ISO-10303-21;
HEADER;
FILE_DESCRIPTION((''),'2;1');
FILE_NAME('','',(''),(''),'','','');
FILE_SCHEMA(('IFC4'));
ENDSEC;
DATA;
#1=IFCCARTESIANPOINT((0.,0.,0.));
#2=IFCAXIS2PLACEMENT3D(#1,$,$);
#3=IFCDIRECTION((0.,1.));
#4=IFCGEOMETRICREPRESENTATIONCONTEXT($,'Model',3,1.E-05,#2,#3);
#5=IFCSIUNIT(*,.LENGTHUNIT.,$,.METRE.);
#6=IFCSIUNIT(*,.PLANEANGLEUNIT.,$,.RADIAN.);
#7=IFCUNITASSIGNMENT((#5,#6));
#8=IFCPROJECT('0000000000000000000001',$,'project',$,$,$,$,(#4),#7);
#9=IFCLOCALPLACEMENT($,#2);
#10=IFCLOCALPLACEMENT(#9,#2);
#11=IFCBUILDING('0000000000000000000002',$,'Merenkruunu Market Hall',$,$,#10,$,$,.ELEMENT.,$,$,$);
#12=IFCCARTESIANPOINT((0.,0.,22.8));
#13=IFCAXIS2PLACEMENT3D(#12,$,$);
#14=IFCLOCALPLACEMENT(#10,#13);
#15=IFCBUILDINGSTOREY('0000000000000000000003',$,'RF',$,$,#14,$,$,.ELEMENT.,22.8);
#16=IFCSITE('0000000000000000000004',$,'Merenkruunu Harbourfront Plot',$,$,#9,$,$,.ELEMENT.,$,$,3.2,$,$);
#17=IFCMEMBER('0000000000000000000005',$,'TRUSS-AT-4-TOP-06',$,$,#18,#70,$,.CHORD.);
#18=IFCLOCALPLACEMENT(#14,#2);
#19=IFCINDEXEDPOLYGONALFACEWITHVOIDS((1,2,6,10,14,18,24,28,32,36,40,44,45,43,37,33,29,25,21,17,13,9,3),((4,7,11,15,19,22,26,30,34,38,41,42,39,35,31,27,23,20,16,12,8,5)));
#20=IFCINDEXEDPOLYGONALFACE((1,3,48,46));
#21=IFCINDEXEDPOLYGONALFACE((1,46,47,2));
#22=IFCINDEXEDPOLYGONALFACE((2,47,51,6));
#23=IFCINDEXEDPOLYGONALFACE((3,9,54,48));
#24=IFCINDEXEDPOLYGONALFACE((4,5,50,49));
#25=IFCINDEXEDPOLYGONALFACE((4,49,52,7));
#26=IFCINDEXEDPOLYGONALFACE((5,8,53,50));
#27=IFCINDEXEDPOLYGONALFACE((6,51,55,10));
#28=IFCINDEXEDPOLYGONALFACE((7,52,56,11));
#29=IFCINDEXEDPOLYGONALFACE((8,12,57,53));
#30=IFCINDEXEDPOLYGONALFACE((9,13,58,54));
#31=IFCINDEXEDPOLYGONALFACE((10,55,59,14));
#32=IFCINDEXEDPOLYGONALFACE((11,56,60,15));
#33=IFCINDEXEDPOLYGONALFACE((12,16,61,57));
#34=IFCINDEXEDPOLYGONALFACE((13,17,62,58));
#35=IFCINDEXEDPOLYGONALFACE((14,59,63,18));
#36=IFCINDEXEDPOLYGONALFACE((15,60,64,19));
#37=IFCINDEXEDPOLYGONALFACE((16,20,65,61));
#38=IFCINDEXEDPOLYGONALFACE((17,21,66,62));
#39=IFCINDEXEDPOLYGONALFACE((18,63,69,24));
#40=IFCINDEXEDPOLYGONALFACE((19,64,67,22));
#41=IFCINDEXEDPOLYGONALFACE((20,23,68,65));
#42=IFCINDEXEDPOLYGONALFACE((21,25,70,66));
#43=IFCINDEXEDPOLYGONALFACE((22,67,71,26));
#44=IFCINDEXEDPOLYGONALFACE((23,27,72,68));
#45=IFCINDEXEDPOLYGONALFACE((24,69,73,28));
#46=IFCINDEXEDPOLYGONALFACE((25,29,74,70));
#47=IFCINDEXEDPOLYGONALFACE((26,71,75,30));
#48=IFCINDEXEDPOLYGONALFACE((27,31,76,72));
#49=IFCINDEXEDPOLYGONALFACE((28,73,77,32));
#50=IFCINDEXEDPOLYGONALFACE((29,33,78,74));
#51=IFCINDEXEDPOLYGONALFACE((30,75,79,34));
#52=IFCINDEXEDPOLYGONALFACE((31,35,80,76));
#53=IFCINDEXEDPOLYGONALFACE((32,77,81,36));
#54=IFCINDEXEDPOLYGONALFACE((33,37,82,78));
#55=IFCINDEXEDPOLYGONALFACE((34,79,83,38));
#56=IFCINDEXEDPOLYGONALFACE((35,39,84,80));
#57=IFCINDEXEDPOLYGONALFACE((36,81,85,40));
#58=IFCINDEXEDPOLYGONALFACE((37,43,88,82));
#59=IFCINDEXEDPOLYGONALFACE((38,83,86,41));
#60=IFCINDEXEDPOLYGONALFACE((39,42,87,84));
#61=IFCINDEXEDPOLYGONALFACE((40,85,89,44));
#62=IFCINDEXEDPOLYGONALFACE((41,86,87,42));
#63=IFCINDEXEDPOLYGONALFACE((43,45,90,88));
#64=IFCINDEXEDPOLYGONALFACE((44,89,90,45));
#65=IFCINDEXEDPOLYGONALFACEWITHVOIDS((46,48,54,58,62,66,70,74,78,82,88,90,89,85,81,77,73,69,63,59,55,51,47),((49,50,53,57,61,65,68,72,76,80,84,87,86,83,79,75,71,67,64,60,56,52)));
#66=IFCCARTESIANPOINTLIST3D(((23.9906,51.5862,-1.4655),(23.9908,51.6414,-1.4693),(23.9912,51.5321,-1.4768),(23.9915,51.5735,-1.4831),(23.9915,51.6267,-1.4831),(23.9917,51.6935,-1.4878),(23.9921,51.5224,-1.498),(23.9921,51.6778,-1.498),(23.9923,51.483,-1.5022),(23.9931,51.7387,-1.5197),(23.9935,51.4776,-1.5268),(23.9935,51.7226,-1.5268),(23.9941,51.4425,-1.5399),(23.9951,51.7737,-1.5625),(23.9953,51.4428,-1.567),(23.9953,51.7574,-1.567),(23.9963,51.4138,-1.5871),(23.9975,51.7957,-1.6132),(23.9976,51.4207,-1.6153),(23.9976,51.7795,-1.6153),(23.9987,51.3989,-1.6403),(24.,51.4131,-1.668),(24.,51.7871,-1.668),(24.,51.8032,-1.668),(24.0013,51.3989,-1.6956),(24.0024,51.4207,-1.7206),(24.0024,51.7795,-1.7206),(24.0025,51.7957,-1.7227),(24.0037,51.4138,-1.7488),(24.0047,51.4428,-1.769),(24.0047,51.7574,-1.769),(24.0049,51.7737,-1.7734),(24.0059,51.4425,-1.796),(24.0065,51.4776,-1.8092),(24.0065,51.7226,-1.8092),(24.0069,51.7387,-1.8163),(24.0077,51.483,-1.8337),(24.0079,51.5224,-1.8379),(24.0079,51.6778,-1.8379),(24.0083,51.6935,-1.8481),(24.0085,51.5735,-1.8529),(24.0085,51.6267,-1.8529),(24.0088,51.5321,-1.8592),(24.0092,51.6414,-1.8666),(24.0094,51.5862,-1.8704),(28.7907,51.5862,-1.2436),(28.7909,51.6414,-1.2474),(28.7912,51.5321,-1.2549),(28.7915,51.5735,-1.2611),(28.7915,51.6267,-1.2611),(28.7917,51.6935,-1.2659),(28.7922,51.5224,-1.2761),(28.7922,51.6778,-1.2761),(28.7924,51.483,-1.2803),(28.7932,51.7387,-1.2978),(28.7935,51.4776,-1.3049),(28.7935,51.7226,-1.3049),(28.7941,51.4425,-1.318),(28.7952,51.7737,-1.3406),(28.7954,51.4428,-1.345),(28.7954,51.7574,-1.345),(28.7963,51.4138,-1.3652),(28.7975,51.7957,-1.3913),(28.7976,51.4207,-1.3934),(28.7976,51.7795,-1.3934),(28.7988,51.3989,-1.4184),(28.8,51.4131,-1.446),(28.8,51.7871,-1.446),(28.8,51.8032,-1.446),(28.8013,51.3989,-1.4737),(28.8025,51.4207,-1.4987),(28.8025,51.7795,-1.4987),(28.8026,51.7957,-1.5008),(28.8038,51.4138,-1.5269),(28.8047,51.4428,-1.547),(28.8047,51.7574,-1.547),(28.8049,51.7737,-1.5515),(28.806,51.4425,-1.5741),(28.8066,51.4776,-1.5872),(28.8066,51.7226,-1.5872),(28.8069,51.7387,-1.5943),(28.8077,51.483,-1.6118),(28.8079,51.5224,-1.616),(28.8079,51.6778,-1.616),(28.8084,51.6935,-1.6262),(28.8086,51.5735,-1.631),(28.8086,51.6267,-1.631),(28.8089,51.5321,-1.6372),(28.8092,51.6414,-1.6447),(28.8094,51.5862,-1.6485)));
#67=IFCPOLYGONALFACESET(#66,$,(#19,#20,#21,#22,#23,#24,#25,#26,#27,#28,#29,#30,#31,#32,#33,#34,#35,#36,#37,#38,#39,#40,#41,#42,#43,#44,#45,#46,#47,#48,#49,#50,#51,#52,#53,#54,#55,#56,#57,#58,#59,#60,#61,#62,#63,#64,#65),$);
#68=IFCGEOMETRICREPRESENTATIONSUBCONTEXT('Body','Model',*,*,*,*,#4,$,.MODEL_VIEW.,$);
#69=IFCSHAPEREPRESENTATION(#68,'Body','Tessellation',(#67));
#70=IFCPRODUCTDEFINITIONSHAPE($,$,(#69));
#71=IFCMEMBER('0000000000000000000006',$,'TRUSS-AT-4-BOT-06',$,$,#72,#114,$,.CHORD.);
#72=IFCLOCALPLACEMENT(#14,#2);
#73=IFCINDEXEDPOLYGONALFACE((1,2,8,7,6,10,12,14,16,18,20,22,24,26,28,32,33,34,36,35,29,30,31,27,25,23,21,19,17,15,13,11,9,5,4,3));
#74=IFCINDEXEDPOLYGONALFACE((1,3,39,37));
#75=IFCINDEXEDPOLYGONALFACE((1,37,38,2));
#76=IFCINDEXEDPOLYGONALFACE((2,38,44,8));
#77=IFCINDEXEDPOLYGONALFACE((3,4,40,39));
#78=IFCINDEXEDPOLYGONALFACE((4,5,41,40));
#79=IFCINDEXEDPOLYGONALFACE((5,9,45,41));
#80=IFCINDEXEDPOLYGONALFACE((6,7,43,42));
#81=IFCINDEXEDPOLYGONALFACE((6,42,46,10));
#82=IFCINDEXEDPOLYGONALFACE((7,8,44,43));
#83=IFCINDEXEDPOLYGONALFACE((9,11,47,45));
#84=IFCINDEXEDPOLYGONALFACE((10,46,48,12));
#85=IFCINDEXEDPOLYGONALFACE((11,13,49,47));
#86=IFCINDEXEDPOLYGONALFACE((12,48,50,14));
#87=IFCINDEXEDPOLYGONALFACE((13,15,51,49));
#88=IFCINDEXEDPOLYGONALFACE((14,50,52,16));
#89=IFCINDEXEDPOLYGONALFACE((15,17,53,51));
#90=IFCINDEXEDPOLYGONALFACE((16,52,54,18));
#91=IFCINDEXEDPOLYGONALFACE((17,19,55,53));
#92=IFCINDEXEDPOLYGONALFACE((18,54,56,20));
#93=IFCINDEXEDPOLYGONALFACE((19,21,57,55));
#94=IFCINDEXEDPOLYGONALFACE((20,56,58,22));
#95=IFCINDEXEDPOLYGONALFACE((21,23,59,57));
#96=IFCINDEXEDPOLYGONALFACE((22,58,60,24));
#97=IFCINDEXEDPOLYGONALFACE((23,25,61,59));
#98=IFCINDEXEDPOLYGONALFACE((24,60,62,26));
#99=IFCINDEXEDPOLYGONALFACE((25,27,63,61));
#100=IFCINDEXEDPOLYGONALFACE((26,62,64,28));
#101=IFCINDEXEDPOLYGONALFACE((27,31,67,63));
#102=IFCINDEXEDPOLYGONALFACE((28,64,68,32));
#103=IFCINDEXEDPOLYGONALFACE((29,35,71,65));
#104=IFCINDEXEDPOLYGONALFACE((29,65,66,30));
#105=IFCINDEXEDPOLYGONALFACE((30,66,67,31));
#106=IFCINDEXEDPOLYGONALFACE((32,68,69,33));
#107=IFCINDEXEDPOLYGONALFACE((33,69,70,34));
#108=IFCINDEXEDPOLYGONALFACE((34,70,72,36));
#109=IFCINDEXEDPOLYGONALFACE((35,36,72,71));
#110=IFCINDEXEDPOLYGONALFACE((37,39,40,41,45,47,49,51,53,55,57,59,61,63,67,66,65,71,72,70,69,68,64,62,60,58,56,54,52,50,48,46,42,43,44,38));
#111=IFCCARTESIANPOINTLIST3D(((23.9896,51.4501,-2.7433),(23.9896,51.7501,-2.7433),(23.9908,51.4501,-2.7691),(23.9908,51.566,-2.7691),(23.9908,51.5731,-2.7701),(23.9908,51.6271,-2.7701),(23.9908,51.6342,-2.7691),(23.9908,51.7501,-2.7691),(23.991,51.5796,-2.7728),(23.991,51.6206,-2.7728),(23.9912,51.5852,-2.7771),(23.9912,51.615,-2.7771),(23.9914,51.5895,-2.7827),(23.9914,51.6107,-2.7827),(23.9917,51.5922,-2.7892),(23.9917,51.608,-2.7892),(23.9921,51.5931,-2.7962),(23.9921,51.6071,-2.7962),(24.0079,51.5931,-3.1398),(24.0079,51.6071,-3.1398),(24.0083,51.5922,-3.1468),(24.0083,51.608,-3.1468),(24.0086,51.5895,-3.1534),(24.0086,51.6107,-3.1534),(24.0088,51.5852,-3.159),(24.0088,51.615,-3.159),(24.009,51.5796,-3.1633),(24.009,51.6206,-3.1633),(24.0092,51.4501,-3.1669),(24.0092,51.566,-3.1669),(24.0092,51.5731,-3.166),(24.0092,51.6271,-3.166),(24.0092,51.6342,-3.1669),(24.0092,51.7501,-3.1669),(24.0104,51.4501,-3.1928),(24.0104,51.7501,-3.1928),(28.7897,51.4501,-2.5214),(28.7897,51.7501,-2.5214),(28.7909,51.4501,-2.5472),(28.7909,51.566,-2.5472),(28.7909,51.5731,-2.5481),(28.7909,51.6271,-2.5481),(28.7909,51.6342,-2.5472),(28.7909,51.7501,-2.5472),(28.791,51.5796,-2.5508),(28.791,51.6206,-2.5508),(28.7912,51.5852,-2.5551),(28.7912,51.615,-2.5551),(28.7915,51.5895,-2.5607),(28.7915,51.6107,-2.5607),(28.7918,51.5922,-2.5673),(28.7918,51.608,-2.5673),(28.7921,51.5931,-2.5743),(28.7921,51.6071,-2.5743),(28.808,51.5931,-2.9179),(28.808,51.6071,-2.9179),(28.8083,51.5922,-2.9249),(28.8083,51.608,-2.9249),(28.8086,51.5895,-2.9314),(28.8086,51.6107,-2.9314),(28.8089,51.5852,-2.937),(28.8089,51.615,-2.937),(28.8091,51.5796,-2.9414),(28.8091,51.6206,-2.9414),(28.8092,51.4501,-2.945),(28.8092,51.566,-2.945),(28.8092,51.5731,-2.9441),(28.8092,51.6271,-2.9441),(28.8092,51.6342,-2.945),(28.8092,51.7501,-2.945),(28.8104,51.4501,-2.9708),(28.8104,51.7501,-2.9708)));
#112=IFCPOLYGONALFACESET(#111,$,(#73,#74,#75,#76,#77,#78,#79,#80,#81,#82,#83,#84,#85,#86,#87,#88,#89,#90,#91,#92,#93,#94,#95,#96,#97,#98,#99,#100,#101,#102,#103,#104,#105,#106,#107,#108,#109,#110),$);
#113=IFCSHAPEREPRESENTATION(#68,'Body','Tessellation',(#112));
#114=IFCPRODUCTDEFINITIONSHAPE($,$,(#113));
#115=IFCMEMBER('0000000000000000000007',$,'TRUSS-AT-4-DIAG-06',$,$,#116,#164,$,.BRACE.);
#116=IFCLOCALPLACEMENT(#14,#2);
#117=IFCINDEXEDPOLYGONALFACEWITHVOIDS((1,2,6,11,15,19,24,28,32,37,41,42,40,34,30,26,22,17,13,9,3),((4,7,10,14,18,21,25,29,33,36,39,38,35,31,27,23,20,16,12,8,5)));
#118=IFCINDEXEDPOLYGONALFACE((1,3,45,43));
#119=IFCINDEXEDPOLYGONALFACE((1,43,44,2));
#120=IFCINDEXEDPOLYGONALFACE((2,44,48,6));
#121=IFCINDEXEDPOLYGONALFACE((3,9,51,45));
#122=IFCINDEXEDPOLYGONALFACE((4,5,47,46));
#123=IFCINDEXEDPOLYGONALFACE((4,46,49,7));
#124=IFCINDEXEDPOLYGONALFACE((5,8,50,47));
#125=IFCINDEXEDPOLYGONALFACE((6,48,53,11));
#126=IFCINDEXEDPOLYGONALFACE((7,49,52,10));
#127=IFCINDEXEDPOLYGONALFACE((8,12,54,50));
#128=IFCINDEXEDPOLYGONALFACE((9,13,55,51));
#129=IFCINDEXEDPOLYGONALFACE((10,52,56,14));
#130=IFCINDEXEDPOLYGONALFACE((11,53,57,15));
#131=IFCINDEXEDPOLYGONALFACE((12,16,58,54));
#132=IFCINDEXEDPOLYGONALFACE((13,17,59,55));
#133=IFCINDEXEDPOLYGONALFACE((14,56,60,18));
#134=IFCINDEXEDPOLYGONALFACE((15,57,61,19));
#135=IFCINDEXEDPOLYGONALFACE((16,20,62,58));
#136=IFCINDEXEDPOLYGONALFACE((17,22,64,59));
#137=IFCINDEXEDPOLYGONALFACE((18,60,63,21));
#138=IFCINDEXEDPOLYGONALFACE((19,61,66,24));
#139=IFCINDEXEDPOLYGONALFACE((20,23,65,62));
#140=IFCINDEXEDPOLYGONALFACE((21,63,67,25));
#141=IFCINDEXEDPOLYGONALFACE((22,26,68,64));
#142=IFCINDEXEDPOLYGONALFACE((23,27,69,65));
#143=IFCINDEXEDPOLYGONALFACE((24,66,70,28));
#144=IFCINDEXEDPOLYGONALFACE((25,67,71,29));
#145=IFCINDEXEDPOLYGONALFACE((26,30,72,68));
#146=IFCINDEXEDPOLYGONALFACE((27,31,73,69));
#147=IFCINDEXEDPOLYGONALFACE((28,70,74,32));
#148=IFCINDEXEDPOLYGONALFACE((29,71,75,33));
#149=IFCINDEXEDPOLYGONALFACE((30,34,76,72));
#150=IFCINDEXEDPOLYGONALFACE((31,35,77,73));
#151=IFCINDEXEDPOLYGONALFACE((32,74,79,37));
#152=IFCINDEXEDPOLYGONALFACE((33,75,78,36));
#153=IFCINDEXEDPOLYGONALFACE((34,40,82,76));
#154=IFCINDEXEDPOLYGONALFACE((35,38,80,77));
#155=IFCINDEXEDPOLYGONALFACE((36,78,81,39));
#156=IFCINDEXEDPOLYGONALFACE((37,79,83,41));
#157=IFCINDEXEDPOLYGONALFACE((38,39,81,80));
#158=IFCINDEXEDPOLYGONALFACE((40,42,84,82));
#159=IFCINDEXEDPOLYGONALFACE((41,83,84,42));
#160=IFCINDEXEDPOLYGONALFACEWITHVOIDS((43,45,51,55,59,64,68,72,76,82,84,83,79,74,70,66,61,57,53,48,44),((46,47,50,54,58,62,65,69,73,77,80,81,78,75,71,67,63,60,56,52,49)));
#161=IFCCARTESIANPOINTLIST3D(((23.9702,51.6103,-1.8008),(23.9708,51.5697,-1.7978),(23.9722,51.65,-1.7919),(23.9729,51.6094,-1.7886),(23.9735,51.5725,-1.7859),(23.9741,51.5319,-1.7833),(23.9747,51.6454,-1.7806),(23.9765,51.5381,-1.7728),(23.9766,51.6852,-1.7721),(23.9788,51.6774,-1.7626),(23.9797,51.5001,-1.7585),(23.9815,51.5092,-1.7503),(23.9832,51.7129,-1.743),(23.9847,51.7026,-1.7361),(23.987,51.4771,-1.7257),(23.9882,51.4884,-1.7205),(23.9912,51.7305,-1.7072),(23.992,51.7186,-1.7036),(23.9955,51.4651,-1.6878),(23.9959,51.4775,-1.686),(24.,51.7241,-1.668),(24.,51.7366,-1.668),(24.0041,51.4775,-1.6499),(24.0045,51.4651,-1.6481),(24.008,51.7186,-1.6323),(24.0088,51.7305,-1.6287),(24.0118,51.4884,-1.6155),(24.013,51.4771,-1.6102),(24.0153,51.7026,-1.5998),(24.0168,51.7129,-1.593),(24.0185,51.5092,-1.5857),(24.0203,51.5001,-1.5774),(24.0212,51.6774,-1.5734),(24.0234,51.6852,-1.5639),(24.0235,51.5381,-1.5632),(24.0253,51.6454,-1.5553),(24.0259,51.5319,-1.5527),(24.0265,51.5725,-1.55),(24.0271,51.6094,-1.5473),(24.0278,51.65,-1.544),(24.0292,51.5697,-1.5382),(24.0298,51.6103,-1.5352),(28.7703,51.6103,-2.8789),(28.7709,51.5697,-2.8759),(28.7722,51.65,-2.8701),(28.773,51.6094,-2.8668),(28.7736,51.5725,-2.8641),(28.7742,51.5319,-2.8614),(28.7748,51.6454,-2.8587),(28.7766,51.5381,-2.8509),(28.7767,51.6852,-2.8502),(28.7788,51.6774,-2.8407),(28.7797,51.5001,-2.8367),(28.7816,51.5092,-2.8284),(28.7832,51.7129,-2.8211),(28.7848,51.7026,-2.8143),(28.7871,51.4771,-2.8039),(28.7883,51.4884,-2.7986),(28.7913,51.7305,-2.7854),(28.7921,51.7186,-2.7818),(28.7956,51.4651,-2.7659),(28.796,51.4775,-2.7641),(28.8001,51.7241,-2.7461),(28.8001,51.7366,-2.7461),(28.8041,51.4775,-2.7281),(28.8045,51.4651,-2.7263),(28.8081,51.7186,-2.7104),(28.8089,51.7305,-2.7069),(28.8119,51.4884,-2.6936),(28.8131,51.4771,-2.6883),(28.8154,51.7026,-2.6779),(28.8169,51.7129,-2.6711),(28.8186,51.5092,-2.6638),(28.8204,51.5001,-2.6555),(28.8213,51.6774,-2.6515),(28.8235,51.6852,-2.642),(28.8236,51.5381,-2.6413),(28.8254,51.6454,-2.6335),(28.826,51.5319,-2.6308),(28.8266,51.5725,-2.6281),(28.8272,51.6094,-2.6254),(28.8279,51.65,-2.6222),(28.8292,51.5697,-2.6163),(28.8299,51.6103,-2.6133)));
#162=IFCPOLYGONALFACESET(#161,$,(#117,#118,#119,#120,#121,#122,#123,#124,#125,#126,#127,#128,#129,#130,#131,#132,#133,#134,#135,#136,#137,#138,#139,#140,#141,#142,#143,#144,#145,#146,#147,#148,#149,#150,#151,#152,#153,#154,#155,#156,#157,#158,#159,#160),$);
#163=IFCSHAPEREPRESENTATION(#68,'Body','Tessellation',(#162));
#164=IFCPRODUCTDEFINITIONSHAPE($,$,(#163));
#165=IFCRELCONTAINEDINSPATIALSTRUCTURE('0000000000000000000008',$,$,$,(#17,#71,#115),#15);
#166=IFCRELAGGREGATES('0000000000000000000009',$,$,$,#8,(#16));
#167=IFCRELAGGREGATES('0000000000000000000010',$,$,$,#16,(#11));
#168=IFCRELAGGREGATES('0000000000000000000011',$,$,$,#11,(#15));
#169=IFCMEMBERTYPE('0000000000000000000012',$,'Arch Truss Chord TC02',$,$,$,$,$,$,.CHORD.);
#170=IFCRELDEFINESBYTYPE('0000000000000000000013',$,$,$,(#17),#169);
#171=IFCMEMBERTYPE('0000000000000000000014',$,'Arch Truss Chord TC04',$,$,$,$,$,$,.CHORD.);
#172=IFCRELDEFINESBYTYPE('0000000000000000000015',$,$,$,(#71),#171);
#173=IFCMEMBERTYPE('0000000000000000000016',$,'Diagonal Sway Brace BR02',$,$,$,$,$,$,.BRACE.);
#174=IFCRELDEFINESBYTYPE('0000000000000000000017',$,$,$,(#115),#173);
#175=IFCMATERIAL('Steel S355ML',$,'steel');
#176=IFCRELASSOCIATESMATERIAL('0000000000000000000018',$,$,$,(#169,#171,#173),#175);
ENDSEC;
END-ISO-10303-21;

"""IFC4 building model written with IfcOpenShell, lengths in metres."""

from ifc_helpers import new_model, si_unit, direction, frame, origin, origin_2d, place, context, subcontext, project, spatial, hollow_circle, i_section, extrude, material, material_profile, profile_set, type_object, element, save


model = new_model("IFC4")

# Units and contexts
model_context = context("Model", 3, precision=1e-05, world=origin(), true_north=direction((0.0, 1.0)))
body_context = subcontext(model_context, "Body", "Model", "MODEL_VIEW")
ifc_project = project(units=[si_unit("LENGTHUNIT", "METRE"), si_unit("PLANEANGLEUNIT", "RADIAN")], contexts=[model_context])

# Site, building, storey
site_placement = place(None, origin())
site = spatial("IfcSite", under=ifc_project, at=site_placement, Name="Merenkruunu Harbourfront Plot", CompositionType="ELEMENT", RefElevation=3.2)
building_placement = place(site_placement, origin())
building = spatial("IfcBuilding", under=site, at=building_placement, Name="Merenkruunu Market Hall", CompositionType="ELEMENT")
storey_placement = place(building_placement, frame((0.0, 0.0, 22.8)))
storey = spatial("IfcBuildingStorey", under=building, at=storey_placement, Name="RF", CompositionType="ELEMENT", Elevation=22.8)

# Members
ifc_material_1 = material(Name="Steel S355ML", Category="steel")
ifc_material_profile_1 = material_profile(ifc_material_1, hollow_circle(Radius=0.2031, WallThickness=0.0161, at=origin_2d()), Name="CHS 406.4x16")
ifc_profile_set_1 = profile_set([ifc_material_profile_1], Name="Steel S355ML")
member_type_1 = type_object("IfcMemberType", Name="Arch Truss Chord TC02", PredefinedType="CHORD", material=ifc_profile_set_1)
member_1_placement = place(storey_placement, frame((24.0, 51.6001, -1.668), z_axis=(0.998933, 0.0, 0.046184), x_axis=(0.0, 1.0, 0.0)))
element("IfcMember", 1, at=member_1_placement, inside=storey, type_object=member_type_1, Name="TRUSS-AT-4-TOP-06", PredefinedType="CHORD", context=body_context, shape_type="SweptSolid", body=[
    extrude(hollow_circle(Radius=0.2031, WallThickness=0.0161, at=origin_2d()), origin(), (0.0, 0.0, 1.0), 4.8052),
])
ifc_material_profile_2 = material_profile(ifc_material_1, i_section(OverallWidth=0.3, OverallDepth=0.45, WebThickness=0.0139, FlangeThickness=0.0259, FilletRadius=0.0271, at=origin_2d()), Name="HEB 450")
ifc_profile_set_2 = profile_set([ifc_material_profile_2], Name="Steel S355ML")
member_type_2 = type_object("IfcMemberType", Name="Arch Truss Chord TC04", PredefinedType="CHORD", material=ifc_profile_set_2)
member_2_placement = place(storey_placement, frame((24.0, 51.6001, -2.968), z_axis=(0.998933, 0.0, 0.046184), x_axis=(0.0, 1.0, 0.0)))
element("IfcMember", 2, at=member_2_placement, inside=storey, type_object=member_type_2, Name="TRUSS-AT-4-BOT-06", PredefinedType="CHORD", context=body_context, shape_type="SweptSolid", body=[
    extrude(i_section(OverallWidth=0.3, OverallDepth=0.45, WebThickness=0.0139, FlangeThickness=0.0259, FilletRadius=0.0271, at=origin_2d()), origin(), (0.0, 0.0, 1.0), 4.8052),
])
ifc_material_profile_3 = material_profile(ifc_material_1, hollow_circle(Radius=0.1365, WallThickness=0.0125, at=origin_2d()), Name="CHS 273x12.5")
ifc_profile_set_3 = profile_set([ifc_material_profile_3], Name="Steel S355ML")
member_type_3 = type_object("IfcMemberType", Name="Diagonal Sway Brace BR02", PredefinedType="BRACE", material=ifc_profile_set_3)
member_3_placement = place(storey_placement, frame((24.0, 51.6001, -1.668), z_axis=(0.975692, 0.0, -0.219147), x_axis=(0.0, 1.0, 0.0)))
element("IfcMember", 3, at=member_3_placement, inside=storey, type_object=member_type_3, Name="TRUSS-AT-4-DIAG-06", PredefinedType="BRACE", context=body_context, shape_type="SweptSolid", body=[
    extrude(hollow_circle(Radius=0.1365, WallThickness=0.0125, at=origin_2d()), origin(), (0.0, 0.0, 1.0), 4.9197),
])

save(model, "model.ifc")
